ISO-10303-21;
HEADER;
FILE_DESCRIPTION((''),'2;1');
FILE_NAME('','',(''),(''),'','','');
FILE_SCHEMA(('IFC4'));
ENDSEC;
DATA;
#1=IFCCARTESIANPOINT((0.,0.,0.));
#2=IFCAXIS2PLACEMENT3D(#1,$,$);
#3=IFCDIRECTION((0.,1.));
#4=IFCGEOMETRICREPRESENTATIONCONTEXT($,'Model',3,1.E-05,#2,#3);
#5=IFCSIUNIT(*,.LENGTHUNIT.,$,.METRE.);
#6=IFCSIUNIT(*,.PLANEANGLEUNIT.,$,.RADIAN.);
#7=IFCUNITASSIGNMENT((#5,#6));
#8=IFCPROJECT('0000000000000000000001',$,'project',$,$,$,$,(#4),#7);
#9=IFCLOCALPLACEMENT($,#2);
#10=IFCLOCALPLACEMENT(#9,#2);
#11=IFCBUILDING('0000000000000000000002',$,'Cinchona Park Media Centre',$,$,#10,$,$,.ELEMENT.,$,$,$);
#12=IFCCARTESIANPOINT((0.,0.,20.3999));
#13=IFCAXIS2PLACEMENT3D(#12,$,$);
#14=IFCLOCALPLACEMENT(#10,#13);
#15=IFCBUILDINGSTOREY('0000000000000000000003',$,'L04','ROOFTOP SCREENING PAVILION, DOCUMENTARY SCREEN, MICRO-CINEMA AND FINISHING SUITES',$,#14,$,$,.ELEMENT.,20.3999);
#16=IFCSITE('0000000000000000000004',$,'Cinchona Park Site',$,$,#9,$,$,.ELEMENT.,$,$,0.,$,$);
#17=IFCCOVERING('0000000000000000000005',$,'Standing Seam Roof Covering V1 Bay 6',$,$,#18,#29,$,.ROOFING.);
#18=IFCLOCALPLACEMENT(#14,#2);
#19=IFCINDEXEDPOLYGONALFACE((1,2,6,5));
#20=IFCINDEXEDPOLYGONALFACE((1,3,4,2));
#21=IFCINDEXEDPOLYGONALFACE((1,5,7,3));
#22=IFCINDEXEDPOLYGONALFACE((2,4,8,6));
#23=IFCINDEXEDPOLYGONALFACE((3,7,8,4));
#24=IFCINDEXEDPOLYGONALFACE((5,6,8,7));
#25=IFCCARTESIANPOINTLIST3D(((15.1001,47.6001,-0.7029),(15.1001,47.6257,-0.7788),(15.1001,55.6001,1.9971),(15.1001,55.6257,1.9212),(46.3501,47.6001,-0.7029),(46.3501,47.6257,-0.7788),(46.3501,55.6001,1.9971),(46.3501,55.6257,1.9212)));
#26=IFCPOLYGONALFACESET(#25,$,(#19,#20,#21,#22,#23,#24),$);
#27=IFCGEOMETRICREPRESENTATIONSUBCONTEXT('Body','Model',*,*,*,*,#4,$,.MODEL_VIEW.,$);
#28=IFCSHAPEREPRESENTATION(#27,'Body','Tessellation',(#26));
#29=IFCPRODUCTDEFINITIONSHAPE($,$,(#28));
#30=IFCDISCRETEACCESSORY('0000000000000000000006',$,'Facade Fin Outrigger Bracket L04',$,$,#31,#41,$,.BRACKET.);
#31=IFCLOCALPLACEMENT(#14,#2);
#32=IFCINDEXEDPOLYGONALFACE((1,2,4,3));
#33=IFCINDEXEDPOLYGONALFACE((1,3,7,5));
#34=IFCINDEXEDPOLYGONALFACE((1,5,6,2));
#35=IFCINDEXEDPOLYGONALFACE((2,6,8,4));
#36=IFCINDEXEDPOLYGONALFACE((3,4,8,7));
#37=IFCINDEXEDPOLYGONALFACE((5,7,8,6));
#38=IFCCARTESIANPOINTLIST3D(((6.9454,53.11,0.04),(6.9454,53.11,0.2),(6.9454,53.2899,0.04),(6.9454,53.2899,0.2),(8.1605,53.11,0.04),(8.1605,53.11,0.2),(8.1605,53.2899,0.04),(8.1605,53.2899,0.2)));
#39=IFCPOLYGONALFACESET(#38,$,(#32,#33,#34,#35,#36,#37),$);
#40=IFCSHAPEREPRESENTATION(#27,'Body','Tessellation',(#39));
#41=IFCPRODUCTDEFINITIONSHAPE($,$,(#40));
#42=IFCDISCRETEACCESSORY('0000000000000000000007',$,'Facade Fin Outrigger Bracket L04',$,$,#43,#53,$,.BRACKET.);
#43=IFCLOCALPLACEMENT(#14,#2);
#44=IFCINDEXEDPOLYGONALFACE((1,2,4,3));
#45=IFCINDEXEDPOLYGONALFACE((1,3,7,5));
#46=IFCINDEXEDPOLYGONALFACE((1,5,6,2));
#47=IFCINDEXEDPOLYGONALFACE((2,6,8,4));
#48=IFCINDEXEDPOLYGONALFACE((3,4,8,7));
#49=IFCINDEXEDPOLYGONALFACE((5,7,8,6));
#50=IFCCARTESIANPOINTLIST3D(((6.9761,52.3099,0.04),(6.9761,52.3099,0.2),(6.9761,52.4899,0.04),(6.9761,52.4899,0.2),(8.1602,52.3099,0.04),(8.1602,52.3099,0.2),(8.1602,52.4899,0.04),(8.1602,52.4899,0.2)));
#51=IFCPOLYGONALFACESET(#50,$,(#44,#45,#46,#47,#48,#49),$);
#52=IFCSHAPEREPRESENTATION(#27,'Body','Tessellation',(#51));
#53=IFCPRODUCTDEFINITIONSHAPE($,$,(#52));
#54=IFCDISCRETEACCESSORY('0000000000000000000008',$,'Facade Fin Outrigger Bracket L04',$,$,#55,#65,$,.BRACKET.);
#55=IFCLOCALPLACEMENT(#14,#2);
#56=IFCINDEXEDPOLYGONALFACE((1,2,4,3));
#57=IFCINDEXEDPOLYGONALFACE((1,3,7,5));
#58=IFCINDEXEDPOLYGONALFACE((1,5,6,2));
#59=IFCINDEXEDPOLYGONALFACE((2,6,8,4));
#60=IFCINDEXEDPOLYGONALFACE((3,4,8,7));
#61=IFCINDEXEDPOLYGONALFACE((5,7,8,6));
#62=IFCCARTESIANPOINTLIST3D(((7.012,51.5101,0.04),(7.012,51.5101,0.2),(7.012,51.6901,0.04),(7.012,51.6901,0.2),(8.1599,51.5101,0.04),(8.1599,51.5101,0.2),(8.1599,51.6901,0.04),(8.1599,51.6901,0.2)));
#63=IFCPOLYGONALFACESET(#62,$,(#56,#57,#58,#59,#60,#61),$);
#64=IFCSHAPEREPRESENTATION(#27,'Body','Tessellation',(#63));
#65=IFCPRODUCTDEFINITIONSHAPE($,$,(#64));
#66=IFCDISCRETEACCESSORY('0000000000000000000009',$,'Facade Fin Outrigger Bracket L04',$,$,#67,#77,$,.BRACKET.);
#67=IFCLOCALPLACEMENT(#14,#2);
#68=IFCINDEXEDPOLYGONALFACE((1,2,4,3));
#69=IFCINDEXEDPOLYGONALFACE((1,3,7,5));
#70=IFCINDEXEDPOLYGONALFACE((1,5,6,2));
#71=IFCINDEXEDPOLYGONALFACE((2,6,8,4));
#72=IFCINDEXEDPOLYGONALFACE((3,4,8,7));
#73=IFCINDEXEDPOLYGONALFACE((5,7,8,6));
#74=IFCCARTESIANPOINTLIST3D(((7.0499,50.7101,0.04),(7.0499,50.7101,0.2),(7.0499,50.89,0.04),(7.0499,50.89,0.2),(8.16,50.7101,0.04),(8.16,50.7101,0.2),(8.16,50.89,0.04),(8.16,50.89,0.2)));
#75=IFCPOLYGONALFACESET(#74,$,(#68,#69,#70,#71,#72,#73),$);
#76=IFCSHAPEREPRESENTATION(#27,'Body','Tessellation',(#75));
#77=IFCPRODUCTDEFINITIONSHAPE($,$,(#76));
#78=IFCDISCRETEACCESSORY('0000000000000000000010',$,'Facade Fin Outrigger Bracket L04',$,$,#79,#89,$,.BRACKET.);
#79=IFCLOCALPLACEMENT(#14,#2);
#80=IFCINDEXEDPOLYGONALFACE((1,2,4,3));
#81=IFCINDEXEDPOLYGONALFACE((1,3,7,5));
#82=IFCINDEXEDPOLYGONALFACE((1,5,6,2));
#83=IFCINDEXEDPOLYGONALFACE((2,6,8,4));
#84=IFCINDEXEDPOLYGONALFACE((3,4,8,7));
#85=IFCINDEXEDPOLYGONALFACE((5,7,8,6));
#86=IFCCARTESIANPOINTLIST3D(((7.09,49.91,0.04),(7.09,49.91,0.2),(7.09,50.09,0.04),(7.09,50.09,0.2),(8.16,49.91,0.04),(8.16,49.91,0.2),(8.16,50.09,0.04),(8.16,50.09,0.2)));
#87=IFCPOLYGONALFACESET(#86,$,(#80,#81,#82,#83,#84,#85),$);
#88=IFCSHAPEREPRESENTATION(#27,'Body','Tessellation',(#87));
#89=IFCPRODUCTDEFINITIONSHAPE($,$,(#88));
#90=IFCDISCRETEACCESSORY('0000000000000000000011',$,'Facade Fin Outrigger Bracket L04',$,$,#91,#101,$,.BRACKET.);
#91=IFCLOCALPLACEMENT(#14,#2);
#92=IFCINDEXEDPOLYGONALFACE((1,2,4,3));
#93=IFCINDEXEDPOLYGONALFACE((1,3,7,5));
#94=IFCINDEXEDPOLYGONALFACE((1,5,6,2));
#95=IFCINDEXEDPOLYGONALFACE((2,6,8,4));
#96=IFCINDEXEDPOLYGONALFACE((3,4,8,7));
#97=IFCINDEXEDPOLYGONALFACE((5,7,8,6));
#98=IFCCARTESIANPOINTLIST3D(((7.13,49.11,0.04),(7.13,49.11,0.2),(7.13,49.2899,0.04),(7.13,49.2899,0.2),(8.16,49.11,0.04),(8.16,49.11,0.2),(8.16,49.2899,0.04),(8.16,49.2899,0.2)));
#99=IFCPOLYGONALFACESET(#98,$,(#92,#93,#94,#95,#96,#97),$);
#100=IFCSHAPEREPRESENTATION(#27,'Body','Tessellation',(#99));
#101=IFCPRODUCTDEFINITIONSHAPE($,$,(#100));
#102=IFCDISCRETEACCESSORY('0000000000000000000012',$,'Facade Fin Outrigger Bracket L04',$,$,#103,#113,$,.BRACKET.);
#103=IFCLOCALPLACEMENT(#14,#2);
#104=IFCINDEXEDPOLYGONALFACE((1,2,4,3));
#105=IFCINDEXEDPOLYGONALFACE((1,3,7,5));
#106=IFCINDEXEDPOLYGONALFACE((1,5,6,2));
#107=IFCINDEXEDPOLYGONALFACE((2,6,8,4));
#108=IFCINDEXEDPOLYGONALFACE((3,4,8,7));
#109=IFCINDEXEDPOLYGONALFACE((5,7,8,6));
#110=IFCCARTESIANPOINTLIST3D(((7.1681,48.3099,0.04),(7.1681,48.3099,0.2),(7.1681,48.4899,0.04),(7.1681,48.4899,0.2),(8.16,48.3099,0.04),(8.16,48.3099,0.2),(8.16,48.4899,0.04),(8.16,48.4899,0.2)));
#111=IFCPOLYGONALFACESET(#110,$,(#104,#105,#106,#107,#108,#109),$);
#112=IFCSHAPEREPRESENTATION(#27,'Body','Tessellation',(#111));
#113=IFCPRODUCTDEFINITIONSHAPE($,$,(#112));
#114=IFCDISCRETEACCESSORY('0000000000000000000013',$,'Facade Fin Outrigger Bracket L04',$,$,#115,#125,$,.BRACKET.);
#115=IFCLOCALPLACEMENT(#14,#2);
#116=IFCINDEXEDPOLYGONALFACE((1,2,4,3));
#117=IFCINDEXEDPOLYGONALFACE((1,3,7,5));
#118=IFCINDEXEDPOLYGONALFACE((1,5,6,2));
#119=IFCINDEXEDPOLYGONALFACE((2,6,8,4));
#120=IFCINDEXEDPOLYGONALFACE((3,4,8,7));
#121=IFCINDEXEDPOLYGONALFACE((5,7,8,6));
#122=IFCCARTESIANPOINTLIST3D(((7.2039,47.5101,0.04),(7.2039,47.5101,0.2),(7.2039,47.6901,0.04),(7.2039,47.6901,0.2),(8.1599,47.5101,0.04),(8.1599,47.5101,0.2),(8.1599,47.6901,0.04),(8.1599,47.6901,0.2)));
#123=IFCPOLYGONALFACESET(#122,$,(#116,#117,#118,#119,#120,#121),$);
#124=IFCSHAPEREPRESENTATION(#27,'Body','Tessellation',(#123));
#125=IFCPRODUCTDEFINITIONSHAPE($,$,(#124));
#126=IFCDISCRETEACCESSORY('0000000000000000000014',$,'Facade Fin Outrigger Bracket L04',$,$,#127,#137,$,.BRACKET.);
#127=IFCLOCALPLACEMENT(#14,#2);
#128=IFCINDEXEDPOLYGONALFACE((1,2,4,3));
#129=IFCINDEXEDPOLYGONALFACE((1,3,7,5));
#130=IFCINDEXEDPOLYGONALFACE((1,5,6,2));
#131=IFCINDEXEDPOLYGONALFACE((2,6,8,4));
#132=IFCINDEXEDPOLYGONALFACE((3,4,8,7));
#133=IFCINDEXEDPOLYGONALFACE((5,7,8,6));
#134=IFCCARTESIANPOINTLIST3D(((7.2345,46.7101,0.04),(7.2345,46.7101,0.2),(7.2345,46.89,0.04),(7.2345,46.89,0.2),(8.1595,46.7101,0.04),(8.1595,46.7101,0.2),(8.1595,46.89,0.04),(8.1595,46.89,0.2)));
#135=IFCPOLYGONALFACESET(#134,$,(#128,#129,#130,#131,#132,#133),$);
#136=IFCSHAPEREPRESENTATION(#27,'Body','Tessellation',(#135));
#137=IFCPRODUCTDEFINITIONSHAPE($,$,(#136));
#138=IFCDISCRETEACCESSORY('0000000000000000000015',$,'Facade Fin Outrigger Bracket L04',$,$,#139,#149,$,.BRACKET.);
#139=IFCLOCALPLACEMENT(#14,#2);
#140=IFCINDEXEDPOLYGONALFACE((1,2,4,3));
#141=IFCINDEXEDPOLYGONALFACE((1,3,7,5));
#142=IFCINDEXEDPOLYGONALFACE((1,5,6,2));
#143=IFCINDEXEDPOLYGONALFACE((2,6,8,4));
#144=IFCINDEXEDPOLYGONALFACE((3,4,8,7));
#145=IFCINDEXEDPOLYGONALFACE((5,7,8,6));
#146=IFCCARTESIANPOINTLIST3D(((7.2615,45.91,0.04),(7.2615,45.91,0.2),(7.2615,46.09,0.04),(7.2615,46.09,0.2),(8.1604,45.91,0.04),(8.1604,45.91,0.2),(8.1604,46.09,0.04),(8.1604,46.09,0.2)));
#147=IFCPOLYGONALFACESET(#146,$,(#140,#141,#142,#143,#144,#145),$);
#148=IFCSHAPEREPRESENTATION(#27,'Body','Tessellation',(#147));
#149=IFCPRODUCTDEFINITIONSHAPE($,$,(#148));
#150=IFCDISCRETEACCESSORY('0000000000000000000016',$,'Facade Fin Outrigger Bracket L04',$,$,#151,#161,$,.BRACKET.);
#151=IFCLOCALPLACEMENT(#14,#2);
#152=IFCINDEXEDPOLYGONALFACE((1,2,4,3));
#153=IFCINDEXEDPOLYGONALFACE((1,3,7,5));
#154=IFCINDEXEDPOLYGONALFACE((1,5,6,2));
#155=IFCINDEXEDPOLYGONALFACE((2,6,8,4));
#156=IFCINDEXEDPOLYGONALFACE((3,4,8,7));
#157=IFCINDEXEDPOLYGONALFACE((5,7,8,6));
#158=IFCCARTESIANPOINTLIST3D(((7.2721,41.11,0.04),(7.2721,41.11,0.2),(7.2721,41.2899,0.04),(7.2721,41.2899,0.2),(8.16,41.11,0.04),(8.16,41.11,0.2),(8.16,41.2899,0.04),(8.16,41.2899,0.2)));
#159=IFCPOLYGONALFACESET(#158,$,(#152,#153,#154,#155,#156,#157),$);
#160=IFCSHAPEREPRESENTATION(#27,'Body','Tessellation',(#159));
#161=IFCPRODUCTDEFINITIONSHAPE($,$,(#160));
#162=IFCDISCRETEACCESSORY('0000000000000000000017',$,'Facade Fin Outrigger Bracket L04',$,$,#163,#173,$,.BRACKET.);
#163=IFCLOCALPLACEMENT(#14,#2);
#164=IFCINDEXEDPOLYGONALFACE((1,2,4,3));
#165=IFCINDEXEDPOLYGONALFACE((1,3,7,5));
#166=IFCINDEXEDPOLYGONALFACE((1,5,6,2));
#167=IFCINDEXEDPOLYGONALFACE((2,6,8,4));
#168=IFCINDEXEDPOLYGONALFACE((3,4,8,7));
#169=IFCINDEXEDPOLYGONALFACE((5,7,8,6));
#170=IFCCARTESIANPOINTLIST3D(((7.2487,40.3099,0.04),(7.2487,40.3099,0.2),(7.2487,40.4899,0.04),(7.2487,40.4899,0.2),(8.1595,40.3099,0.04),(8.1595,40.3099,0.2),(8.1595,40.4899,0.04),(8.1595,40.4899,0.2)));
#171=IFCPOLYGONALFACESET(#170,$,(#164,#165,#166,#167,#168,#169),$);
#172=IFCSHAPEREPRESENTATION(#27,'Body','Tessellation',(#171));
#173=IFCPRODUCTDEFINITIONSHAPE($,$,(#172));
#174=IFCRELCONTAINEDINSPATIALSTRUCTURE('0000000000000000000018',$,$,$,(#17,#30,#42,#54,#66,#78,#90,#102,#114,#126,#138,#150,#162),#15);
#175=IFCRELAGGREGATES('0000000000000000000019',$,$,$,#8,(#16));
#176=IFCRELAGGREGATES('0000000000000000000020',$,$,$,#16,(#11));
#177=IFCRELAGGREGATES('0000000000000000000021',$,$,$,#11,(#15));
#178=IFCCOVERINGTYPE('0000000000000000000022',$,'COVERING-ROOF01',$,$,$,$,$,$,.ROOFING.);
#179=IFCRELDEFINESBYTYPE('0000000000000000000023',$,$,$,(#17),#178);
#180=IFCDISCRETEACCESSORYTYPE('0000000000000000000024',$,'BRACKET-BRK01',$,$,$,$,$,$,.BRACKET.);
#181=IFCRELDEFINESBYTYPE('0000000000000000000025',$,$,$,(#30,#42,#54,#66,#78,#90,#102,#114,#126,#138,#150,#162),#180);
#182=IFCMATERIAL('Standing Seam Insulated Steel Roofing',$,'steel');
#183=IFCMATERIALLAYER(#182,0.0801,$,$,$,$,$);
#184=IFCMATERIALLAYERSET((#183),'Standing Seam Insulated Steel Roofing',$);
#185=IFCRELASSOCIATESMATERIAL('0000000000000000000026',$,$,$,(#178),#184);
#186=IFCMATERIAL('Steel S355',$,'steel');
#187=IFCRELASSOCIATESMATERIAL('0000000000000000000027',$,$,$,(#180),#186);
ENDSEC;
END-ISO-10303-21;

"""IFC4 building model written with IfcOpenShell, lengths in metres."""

from ifc_helpers import new_model, si_unit, direction, frame, origin, origin_2d, place, context, subcontext, project, spatial, polyline, rectangle, outline, extrude, material, layer, layer_set, type_object, element, save


model = new_model("IFC4")

# Units and contexts
model_context = context("Model", 3, precision=1e-05, world=origin(), true_north=direction((0.0, 1.0)))
body_context = subcontext(model_context, "Body", "Model", "MODEL_VIEW")
ifc_project = project(units=[si_unit("LENGTHUNIT", "METRE"), si_unit("PLANEANGLEUNIT", "RADIAN")], contexts=[model_context])

# Site, building, storey
site_placement = place(None, origin())
site = spatial("IfcSite", under=ifc_project, at=site_placement, Name="Cinchona Park Site", CompositionType="ELEMENT", RefElevation=0.0)
building_placement = place(site_placement, origin())
building = spatial("IfcBuilding", under=site, at=building_placement, Name="Cinchona Park Media Centre", CompositionType="ELEMENT")
storey_placement = place(building_placement, frame((0.0, 0.0, 20.3999)))
storey = spatial("IfcBuildingStorey", under=building, at=storey_placement, Name="L04", Description="ROOFTOP SCREENING PAVILION, DOCUMENTARY SCREEN, MICRO-CINEMA AND FINISHING SUITES", CompositionType="ELEMENT", Elevation=20.3999)

# Covering
ifc_material_1 = material(Name="Standing Seam Insulated Steel Roofing", Category="steel")
ifc_layer_1 = layer(ifc_material_1, 0.0801)
ifc_layer_set_1 = layer_set([ifc_layer_1], Name="Standing Seam Insulated Steel Roofing")
covering_type_1 = type_object("IfcCoveringType", Name="COVERING-ROOF01", PredefinedType="ROOFING", material=ifc_layer_set_1)
covering_1_placement = place(storey_placement, frame((15.1001, 47.6001, -0.7029), z_axis=(0.0, -0.319773, 0.947494), x_axis=(1.0, 0.0, 0.0)))
element("IfcCovering", 1, at=covering_1_placement, inside=storey, type_object=covering_type_1, Name="Standing Seam Roof Covering V1 Bay 6", PredefinedType="ROOFING", context=body_context, shape_type="SweptSolid", body=[
    extrude(outline(polyline([(0.0, 0.0), (31.25, 0.0), (31.25, 8.4433), (0.0, 8.4433), (0.0, 0.0)])), origin(), (0.0, 0.0, -1.0), 0.0801),
])

# Discrete accessories
ifc_material_2 = material(Name="Steel S355", Category="steel")
discrete_accessory_type = type_object("IfcDiscreteAccessoryType", Name="BRACKET-BRK01", PredefinedType="BRACKET", material=ifc_material_2)
discrete_accessory_1_placement = place(storey_placement, frame((7.553, 53.2, 0.04), z_axis=(0.0, 0.0, 1.0), x_axis=(0.0, -1.0, 0.0)))
element("IfcDiscreteAccessory", 2, at=discrete_accessory_1_placement, inside=storey, type_object=discrete_accessory_type, Name="Facade Fin Outrigger Bracket L04", PredefinedType="BRACKET", context=body_context, shape_type="SweptSolid", body=[
    extrude(rectangle(XDim=0.1799, YDim=1.2151, at=origin_2d()), origin(), (0.0, 0.0, 1.0), 0.1599),
])
discrete_accessory_2_placement = place(storey_placement, frame((7.5681, 52.3999, 0.04), z_axis=(0.0, 0.0, 1.0), x_axis=(0.0, -1.0, 0.0)))
element("IfcDiscreteAccessory", 3, at=discrete_accessory_2_placement, inside=storey, type_object=discrete_accessory_type, Name="Facade Fin Outrigger Bracket L04", PredefinedType="BRACKET", context=body_context, shape_type="SweptSolid", body=[
    extrude(rectangle(XDim=0.1799, YDim=1.1841, at=origin_2d()), origin(), (0.0, 0.0, 1.0), 0.1599),
])
discrete_accessory_3_placement = place(storey_placement, frame((7.5859, 51.6001, 0.04), z_axis=(0.0, 0.0, 1.0), x_axis=(0.0, -1.0, 0.0)))
element("IfcDiscreteAccessory", 4, at=discrete_accessory_3_placement, inside=storey, type_object=discrete_accessory_type, Name="Facade Fin Outrigger Bracket L04", PredefinedType="BRACKET", context=body_context, shape_type="SweptSolid", body=[
    extrude(rectangle(XDim=0.1799, YDim=1.1479, at=origin_2d()), origin(), (0.0, 0.0, 1.0), 0.1599),
])
discrete_accessory_4_placement = place(storey_placement, frame((7.605, 50.8, 0.04), z_axis=(0.0, 0.0, 1.0), x_axis=(0.0, -1.0, 0.0)))
element("IfcDiscreteAccessory", 5, at=discrete_accessory_4_placement, inside=storey, type_object=discrete_accessory_type, Name="Facade Fin Outrigger Bracket L04", PredefinedType="BRACKET", context=body_context, shape_type="SweptSolid", body=[
    extrude(rectangle(XDim=0.1799, YDim=1.1101, at=origin_2d()), origin(), (0.0, 0.0, 1.0), 0.1599),
])
discrete_accessory_5_placement = place(storey_placement, frame((7.625, 50.0, 0.04), z_axis=(0.0, 0.0, 1.0), x_axis=(0.0, -1.0, 0.0)))
element("IfcDiscreteAccessory", 6, at=discrete_accessory_5_placement, inside=storey, type_object=discrete_accessory_type, Name="Facade Fin Outrigger Bracket L04", PredefinedType="BRACKET", context=body_context, shape_type="SweptSolid", body=[
    extrude(rectangle(XDim=0.1799, YDim=1.0701, at=origin_2d()), origin(), (0.0, 0.0, 1.0), 0.1599),
])
discrete_accessory_6_placement = place(storey_placement, frame((7.645, 49.2, 0.04), z_axis=(0.0, 0.0, 1.0), x_axis=(0.0, -1.0, 0.0)))
element("IfcDiscreteAccessory", 7, at=discrete_accessory_6_placement, inside=storey, type_object=discrete_accessory_type, Name="Facade Fin Outrigger Bracket L04", PredefinedType="BRACKET", context=body_context, shape_type="SweptSolid", body=[
    extrude(rectangle(XDim=0.1799, YDim=1.03, at=origin_2d()), origin(), (0.0, 0.0, 1.0), 0.1599),
])
discrete_accessory_7_placement = place(storey_placement, frame((7.6641, 48.3999, 0.04), z_axis=(0.0, 0.0, 1.0), x_axis=(0.0, -1.0, 0.0)))
element("IfcDiscreteAccessory", 8, at=discrete_accessory_7_placement, inside=storey, type_object=discrete_accessory_type, Name="Facade Fin Outrigger Bracket L04", PredefinedType="BRACKET", context=body_context, shape_type="SweptSolid", body=[
    extrude(rectangle(XDim=0.1799, YDim=0.9919, at=origin_2d()), origin(), (0.0, 0.0, 1.0), 0.1599),
])
discrete_accessory_8_placement = place(storey_placement, frame((7.6819, 47.6001, 0.04), z_axis=(0.0, 0.0, 1.0), x_axis=(0.0, -1.0, 0.0)))
element("IfcDiscreteAccessory", 9, at=discrete_accessory_8_placement, inside=storey, type_object=discrete_accessory_type, Name="Facade Fin Outrigger Bracket L04", PredefinedType="BRACKET", context=body_context, shape_type="SweptSolid", body=[
    extrude(rectangle(XDim=0.1799, YDim=0.9561, at=origin_2d()), origin(), (0.0, 0.0, 1.0), 0.1599),
])
discrete_accessory_9_placement = place(storey_placement, frame((7.697, 46.8, 0.04), z_axis=(0.0, 0.0, 1.0), x_axis=(0.0, -1.0, 0.0)))
element("IfcDiscreteAccessory", 10, at=discrete_accessory_9_placement, inside=storey, type_object=discrete_accessory_type, Name="Facade Fin Outrigger Bracket L04", PredefinedType="BRACKET", context=body_context, shape_type="SweptSolid", body=[
    extrude(rectangle(XDim=0.1799, YDim=0.925, at=origin_2d()), origin(), (0.0, 0.0, 1.0), 0.1599),
])
discrete_accessory_10_placement = place(storey_placement, frame((7.7109, 46.0, 0.04), z_axis=(0.0, 0.0, 1.0), x_axis=(0.0, -1.0, 0.0)))
element("IfcDiscreteAccessory", 11, at=discrete_accessory_10_placement, inside=storey, type_object=discrete_accessory_type, Name="Facade Fin Outrigger Bracket L04", PredefinedType="BRACKET", context=body_context, shape_type="SweptSolid", body=[
    extrude(rectangle(XDim=0.1799, YDim=0.8989, at=origin_2d()), origin(), (0.0, 0.0, 1.0), 0.1599),
])
discrete_accessory_11_placement = place(storey_placement, frame((7.7161, 41.2, 0.04), z_axis=(0.0, 0.0, 1.0), x_axis=(0.0, -1.0, 0.0)))
element("IfcDiscreteAccessory", 12, at=discrete_accessory_11_placement, inside=storey, type_object=discrete_accessory_type, Name="Facade Fin Outrigger Bracket L04", PredefinedType="BRACKET", context=body_context, shape_type="SweptSolid", body=[
    extrude(rectangle(XDim=0.1799, YDim=0.8879, at=origin_2d()), origin(), (0.0, 0.0, 1.0), 0.1599),
])
discrete_accessory_12_placement = place(storey_placement, frame((7.7041, 40.3999, 0.04), z_axis=(0.0, 0.0, 1.0), x_axis=(0.0, -1.0, 0.0)))
element("IfcDiscreteAccessory", 13, at=discrete_accessory_12_placement, inside=storey, type_object=discrete_accessory_type, Name="Facade Fin Outrigger Bracket L04", PredefinedType="BRACKET", context=body_context, shape_type="SweptSolid", body=[
    extrude(rectangle(XDim=0.1799, YDim=0.9109, at=origin_2d()), origin(), (0.0, 0.0, 1.0), 0.1599),
])

save(model, "model.ifc")
